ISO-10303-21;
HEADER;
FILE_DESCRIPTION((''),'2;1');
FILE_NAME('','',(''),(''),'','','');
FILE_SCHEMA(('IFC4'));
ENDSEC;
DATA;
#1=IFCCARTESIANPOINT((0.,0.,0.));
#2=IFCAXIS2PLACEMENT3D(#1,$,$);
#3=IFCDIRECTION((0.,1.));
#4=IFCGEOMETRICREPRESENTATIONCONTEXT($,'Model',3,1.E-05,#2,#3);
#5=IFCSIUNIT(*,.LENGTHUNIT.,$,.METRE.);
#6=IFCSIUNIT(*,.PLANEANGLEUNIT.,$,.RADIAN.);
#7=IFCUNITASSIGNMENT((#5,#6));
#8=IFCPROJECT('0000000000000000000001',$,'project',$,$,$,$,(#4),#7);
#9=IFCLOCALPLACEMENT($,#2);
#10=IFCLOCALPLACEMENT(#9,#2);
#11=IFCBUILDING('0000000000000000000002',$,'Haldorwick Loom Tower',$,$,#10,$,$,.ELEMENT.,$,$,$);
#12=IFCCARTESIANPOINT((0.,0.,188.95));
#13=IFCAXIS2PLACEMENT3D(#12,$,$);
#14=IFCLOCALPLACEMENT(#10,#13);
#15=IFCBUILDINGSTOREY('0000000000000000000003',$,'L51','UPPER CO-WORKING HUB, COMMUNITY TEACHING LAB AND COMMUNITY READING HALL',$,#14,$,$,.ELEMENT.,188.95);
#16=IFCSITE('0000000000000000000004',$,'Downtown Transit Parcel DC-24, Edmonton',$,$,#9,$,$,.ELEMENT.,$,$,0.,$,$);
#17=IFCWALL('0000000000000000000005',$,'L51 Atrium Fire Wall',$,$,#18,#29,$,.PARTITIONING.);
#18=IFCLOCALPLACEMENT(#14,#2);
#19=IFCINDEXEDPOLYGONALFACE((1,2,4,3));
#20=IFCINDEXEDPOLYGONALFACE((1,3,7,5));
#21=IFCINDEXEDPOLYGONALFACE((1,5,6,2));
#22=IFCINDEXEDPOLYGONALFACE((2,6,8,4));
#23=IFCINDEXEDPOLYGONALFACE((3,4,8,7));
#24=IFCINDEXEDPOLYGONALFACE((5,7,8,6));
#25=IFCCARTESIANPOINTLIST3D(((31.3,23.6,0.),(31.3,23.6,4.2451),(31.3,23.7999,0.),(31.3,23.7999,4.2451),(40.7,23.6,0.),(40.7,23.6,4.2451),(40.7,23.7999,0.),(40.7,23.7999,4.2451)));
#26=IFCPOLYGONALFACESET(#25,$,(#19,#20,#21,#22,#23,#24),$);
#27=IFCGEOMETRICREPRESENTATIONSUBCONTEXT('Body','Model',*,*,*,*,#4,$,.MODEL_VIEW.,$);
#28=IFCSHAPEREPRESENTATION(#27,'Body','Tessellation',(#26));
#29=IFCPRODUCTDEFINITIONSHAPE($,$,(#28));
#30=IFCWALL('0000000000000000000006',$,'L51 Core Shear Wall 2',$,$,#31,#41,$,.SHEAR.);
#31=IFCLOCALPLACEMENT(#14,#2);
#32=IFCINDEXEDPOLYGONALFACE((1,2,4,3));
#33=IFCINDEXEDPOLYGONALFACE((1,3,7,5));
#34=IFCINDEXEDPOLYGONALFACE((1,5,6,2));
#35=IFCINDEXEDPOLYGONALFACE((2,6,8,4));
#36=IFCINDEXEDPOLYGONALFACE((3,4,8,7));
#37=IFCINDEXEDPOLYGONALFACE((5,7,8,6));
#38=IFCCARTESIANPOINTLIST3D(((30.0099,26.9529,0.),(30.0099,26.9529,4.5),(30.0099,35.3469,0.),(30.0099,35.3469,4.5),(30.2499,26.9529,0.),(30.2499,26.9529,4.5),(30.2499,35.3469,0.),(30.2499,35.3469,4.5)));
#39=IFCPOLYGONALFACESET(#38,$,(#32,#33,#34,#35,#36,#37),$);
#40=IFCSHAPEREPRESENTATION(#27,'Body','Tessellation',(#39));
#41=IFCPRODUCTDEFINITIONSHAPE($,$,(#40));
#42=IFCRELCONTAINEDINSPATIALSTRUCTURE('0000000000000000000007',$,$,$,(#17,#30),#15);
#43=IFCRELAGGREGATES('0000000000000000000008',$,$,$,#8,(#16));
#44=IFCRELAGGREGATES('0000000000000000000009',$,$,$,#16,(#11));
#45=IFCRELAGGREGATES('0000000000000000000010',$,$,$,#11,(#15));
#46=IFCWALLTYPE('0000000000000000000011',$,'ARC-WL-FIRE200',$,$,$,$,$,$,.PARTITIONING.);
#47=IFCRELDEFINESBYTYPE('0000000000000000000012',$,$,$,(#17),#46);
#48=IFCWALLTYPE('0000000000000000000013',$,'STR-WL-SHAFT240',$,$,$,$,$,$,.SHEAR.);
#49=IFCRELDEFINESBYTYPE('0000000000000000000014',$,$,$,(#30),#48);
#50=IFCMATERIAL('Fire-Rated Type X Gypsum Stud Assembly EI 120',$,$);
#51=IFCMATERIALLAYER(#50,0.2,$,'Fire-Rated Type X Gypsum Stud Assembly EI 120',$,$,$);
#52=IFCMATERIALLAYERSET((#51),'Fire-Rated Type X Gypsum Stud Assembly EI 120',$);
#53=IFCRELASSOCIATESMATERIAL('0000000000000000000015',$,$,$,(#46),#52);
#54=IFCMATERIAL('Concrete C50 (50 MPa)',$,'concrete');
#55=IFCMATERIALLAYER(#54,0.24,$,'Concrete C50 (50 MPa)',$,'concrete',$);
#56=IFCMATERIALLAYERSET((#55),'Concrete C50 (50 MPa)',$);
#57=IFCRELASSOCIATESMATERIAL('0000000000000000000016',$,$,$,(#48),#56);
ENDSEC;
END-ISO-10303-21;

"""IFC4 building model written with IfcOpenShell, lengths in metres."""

from ifc_helpers import new_model, si_unit, direction, frame, frame_2d, origin, place, context, subcontext, project, spatial, rectangle, extrude, material, layer, layer_set, type_object, element, save


model = new_model("IFC4")

# Units and contexts
model_context = context("Model", 3, precision=1e-05, world=origin(), true_north=direction((0.0, 1.0)))
body_context = subcontext(model_context, "Body", "Model", "MODEL_VIEW")
ifc_project = project(units=[si_unit("LENGTHUNIT", "METRE"), si_unit("PLANEANGLEUNIT", "RADIAN")], contexts=[model_context])

# Site, building, storey
site_placement = place(None, origin())
site = spatial("IfcSite", under=ifc_project, at=site_placement, Name="Downtown Transit Parcel DC-24, Edmonton", CompositionType="ELEMENT", RefElevation=0.0)
building_placement = place(site_placement, origin())
building = spatial("IfcBuilding", under=site, at=building_placement, Name="Haldorwick Loom Tower", CompositionType="ELEMENT")
storey_placement = place(building_placement, frame((0.0, 0.0, 188.95)))
storey = spatial("IfcBuildingStorey", under=building, at=storey_placement, Name="L51", Description="UPPER CO-WORKING HUB, COMMUNITY TEACHING LAB AND COMMUNITY READING HALL", CompositionType="ELEMENT", Elevation=188.95)

# Shared definitions
ifc_material_1 = material(Name="Concrete C50 (50 MPa)", Category="concrete")

# Walls
ifc_material_2 = material(Name="Fire-Rated Type X Gypsum Stud Assembly EI 120")
ifc_layer_1 = layer(ifc_material_2, 0.2, Name="Fire-Rated Type X Gypsum Stud Assembly EI 120")
ifc_layer_set_1 = layer_set([ifc_layer_1], Name="Fire-Rated Type X Gypsum Stud Assembly EI 120")
wall_type_1 = type_object("IfcWallType", Name="ARC-WL-FIRE200", PredefinedType="PARTITIONING", material=ifc_layer_set_1)
wall_1_placement = place(storey_placement, frame((31.3, 23.7, 0.0), z_axis=(0.0, 0.0, 1.0), x_axis=(1.0, 0.0, 0.0)))
element("IfcWall", 1, at=wall_1_placement, inside=storey, type_object=wall_type_1, Name="L51 Atrium Fire Wall", PredefinedType="PARTITIONING", context=body_context, shape_type="SweptSolid", body=[
    extrude(rectangle(XDim=9.3999, YDim=0.2, at=frame_2d((4.7, 0.0))), origin(), (0.0, 0.0, 1.0), 4.2451),
])
ifc_layer_2 = layer(ifc_material_1, 0.24, Name="Concrete C50 (50 MPa)", Category="concrete")
ifc_layer_set_2 = layer_set([ifc_layer_2], Name="Concrete C50 (50 MPa)")
wall_type_2 = type_object("IfcWallType", Name="STR-WL-SHAFT240", PredefinedType="SHEAR", material=ifc_layer_set_2)
wall_2_placement = place(storey_placement, frame((30.1299, 26.9529, 0.0), z_axis=(0.0, 0.0, 1.0), x_axis=(0.0, 1.0, 0.0)))
element("IfcWall", 2, at=wall_2_placement, inside=storey, type_object=wall_type_2, Name="L51 Core Shear Wall 2", PredefinedType="SHEAR", context=body_context, shape_type="SweptSolid", body=[
    extrude(rectangle(XDim=8.394, YDim=0.24, at=frame_2d((4.197, 0.0))), origin(), (0.0, 0.0, 1.0), 4.5),
])

save(model, "model.ifc")
